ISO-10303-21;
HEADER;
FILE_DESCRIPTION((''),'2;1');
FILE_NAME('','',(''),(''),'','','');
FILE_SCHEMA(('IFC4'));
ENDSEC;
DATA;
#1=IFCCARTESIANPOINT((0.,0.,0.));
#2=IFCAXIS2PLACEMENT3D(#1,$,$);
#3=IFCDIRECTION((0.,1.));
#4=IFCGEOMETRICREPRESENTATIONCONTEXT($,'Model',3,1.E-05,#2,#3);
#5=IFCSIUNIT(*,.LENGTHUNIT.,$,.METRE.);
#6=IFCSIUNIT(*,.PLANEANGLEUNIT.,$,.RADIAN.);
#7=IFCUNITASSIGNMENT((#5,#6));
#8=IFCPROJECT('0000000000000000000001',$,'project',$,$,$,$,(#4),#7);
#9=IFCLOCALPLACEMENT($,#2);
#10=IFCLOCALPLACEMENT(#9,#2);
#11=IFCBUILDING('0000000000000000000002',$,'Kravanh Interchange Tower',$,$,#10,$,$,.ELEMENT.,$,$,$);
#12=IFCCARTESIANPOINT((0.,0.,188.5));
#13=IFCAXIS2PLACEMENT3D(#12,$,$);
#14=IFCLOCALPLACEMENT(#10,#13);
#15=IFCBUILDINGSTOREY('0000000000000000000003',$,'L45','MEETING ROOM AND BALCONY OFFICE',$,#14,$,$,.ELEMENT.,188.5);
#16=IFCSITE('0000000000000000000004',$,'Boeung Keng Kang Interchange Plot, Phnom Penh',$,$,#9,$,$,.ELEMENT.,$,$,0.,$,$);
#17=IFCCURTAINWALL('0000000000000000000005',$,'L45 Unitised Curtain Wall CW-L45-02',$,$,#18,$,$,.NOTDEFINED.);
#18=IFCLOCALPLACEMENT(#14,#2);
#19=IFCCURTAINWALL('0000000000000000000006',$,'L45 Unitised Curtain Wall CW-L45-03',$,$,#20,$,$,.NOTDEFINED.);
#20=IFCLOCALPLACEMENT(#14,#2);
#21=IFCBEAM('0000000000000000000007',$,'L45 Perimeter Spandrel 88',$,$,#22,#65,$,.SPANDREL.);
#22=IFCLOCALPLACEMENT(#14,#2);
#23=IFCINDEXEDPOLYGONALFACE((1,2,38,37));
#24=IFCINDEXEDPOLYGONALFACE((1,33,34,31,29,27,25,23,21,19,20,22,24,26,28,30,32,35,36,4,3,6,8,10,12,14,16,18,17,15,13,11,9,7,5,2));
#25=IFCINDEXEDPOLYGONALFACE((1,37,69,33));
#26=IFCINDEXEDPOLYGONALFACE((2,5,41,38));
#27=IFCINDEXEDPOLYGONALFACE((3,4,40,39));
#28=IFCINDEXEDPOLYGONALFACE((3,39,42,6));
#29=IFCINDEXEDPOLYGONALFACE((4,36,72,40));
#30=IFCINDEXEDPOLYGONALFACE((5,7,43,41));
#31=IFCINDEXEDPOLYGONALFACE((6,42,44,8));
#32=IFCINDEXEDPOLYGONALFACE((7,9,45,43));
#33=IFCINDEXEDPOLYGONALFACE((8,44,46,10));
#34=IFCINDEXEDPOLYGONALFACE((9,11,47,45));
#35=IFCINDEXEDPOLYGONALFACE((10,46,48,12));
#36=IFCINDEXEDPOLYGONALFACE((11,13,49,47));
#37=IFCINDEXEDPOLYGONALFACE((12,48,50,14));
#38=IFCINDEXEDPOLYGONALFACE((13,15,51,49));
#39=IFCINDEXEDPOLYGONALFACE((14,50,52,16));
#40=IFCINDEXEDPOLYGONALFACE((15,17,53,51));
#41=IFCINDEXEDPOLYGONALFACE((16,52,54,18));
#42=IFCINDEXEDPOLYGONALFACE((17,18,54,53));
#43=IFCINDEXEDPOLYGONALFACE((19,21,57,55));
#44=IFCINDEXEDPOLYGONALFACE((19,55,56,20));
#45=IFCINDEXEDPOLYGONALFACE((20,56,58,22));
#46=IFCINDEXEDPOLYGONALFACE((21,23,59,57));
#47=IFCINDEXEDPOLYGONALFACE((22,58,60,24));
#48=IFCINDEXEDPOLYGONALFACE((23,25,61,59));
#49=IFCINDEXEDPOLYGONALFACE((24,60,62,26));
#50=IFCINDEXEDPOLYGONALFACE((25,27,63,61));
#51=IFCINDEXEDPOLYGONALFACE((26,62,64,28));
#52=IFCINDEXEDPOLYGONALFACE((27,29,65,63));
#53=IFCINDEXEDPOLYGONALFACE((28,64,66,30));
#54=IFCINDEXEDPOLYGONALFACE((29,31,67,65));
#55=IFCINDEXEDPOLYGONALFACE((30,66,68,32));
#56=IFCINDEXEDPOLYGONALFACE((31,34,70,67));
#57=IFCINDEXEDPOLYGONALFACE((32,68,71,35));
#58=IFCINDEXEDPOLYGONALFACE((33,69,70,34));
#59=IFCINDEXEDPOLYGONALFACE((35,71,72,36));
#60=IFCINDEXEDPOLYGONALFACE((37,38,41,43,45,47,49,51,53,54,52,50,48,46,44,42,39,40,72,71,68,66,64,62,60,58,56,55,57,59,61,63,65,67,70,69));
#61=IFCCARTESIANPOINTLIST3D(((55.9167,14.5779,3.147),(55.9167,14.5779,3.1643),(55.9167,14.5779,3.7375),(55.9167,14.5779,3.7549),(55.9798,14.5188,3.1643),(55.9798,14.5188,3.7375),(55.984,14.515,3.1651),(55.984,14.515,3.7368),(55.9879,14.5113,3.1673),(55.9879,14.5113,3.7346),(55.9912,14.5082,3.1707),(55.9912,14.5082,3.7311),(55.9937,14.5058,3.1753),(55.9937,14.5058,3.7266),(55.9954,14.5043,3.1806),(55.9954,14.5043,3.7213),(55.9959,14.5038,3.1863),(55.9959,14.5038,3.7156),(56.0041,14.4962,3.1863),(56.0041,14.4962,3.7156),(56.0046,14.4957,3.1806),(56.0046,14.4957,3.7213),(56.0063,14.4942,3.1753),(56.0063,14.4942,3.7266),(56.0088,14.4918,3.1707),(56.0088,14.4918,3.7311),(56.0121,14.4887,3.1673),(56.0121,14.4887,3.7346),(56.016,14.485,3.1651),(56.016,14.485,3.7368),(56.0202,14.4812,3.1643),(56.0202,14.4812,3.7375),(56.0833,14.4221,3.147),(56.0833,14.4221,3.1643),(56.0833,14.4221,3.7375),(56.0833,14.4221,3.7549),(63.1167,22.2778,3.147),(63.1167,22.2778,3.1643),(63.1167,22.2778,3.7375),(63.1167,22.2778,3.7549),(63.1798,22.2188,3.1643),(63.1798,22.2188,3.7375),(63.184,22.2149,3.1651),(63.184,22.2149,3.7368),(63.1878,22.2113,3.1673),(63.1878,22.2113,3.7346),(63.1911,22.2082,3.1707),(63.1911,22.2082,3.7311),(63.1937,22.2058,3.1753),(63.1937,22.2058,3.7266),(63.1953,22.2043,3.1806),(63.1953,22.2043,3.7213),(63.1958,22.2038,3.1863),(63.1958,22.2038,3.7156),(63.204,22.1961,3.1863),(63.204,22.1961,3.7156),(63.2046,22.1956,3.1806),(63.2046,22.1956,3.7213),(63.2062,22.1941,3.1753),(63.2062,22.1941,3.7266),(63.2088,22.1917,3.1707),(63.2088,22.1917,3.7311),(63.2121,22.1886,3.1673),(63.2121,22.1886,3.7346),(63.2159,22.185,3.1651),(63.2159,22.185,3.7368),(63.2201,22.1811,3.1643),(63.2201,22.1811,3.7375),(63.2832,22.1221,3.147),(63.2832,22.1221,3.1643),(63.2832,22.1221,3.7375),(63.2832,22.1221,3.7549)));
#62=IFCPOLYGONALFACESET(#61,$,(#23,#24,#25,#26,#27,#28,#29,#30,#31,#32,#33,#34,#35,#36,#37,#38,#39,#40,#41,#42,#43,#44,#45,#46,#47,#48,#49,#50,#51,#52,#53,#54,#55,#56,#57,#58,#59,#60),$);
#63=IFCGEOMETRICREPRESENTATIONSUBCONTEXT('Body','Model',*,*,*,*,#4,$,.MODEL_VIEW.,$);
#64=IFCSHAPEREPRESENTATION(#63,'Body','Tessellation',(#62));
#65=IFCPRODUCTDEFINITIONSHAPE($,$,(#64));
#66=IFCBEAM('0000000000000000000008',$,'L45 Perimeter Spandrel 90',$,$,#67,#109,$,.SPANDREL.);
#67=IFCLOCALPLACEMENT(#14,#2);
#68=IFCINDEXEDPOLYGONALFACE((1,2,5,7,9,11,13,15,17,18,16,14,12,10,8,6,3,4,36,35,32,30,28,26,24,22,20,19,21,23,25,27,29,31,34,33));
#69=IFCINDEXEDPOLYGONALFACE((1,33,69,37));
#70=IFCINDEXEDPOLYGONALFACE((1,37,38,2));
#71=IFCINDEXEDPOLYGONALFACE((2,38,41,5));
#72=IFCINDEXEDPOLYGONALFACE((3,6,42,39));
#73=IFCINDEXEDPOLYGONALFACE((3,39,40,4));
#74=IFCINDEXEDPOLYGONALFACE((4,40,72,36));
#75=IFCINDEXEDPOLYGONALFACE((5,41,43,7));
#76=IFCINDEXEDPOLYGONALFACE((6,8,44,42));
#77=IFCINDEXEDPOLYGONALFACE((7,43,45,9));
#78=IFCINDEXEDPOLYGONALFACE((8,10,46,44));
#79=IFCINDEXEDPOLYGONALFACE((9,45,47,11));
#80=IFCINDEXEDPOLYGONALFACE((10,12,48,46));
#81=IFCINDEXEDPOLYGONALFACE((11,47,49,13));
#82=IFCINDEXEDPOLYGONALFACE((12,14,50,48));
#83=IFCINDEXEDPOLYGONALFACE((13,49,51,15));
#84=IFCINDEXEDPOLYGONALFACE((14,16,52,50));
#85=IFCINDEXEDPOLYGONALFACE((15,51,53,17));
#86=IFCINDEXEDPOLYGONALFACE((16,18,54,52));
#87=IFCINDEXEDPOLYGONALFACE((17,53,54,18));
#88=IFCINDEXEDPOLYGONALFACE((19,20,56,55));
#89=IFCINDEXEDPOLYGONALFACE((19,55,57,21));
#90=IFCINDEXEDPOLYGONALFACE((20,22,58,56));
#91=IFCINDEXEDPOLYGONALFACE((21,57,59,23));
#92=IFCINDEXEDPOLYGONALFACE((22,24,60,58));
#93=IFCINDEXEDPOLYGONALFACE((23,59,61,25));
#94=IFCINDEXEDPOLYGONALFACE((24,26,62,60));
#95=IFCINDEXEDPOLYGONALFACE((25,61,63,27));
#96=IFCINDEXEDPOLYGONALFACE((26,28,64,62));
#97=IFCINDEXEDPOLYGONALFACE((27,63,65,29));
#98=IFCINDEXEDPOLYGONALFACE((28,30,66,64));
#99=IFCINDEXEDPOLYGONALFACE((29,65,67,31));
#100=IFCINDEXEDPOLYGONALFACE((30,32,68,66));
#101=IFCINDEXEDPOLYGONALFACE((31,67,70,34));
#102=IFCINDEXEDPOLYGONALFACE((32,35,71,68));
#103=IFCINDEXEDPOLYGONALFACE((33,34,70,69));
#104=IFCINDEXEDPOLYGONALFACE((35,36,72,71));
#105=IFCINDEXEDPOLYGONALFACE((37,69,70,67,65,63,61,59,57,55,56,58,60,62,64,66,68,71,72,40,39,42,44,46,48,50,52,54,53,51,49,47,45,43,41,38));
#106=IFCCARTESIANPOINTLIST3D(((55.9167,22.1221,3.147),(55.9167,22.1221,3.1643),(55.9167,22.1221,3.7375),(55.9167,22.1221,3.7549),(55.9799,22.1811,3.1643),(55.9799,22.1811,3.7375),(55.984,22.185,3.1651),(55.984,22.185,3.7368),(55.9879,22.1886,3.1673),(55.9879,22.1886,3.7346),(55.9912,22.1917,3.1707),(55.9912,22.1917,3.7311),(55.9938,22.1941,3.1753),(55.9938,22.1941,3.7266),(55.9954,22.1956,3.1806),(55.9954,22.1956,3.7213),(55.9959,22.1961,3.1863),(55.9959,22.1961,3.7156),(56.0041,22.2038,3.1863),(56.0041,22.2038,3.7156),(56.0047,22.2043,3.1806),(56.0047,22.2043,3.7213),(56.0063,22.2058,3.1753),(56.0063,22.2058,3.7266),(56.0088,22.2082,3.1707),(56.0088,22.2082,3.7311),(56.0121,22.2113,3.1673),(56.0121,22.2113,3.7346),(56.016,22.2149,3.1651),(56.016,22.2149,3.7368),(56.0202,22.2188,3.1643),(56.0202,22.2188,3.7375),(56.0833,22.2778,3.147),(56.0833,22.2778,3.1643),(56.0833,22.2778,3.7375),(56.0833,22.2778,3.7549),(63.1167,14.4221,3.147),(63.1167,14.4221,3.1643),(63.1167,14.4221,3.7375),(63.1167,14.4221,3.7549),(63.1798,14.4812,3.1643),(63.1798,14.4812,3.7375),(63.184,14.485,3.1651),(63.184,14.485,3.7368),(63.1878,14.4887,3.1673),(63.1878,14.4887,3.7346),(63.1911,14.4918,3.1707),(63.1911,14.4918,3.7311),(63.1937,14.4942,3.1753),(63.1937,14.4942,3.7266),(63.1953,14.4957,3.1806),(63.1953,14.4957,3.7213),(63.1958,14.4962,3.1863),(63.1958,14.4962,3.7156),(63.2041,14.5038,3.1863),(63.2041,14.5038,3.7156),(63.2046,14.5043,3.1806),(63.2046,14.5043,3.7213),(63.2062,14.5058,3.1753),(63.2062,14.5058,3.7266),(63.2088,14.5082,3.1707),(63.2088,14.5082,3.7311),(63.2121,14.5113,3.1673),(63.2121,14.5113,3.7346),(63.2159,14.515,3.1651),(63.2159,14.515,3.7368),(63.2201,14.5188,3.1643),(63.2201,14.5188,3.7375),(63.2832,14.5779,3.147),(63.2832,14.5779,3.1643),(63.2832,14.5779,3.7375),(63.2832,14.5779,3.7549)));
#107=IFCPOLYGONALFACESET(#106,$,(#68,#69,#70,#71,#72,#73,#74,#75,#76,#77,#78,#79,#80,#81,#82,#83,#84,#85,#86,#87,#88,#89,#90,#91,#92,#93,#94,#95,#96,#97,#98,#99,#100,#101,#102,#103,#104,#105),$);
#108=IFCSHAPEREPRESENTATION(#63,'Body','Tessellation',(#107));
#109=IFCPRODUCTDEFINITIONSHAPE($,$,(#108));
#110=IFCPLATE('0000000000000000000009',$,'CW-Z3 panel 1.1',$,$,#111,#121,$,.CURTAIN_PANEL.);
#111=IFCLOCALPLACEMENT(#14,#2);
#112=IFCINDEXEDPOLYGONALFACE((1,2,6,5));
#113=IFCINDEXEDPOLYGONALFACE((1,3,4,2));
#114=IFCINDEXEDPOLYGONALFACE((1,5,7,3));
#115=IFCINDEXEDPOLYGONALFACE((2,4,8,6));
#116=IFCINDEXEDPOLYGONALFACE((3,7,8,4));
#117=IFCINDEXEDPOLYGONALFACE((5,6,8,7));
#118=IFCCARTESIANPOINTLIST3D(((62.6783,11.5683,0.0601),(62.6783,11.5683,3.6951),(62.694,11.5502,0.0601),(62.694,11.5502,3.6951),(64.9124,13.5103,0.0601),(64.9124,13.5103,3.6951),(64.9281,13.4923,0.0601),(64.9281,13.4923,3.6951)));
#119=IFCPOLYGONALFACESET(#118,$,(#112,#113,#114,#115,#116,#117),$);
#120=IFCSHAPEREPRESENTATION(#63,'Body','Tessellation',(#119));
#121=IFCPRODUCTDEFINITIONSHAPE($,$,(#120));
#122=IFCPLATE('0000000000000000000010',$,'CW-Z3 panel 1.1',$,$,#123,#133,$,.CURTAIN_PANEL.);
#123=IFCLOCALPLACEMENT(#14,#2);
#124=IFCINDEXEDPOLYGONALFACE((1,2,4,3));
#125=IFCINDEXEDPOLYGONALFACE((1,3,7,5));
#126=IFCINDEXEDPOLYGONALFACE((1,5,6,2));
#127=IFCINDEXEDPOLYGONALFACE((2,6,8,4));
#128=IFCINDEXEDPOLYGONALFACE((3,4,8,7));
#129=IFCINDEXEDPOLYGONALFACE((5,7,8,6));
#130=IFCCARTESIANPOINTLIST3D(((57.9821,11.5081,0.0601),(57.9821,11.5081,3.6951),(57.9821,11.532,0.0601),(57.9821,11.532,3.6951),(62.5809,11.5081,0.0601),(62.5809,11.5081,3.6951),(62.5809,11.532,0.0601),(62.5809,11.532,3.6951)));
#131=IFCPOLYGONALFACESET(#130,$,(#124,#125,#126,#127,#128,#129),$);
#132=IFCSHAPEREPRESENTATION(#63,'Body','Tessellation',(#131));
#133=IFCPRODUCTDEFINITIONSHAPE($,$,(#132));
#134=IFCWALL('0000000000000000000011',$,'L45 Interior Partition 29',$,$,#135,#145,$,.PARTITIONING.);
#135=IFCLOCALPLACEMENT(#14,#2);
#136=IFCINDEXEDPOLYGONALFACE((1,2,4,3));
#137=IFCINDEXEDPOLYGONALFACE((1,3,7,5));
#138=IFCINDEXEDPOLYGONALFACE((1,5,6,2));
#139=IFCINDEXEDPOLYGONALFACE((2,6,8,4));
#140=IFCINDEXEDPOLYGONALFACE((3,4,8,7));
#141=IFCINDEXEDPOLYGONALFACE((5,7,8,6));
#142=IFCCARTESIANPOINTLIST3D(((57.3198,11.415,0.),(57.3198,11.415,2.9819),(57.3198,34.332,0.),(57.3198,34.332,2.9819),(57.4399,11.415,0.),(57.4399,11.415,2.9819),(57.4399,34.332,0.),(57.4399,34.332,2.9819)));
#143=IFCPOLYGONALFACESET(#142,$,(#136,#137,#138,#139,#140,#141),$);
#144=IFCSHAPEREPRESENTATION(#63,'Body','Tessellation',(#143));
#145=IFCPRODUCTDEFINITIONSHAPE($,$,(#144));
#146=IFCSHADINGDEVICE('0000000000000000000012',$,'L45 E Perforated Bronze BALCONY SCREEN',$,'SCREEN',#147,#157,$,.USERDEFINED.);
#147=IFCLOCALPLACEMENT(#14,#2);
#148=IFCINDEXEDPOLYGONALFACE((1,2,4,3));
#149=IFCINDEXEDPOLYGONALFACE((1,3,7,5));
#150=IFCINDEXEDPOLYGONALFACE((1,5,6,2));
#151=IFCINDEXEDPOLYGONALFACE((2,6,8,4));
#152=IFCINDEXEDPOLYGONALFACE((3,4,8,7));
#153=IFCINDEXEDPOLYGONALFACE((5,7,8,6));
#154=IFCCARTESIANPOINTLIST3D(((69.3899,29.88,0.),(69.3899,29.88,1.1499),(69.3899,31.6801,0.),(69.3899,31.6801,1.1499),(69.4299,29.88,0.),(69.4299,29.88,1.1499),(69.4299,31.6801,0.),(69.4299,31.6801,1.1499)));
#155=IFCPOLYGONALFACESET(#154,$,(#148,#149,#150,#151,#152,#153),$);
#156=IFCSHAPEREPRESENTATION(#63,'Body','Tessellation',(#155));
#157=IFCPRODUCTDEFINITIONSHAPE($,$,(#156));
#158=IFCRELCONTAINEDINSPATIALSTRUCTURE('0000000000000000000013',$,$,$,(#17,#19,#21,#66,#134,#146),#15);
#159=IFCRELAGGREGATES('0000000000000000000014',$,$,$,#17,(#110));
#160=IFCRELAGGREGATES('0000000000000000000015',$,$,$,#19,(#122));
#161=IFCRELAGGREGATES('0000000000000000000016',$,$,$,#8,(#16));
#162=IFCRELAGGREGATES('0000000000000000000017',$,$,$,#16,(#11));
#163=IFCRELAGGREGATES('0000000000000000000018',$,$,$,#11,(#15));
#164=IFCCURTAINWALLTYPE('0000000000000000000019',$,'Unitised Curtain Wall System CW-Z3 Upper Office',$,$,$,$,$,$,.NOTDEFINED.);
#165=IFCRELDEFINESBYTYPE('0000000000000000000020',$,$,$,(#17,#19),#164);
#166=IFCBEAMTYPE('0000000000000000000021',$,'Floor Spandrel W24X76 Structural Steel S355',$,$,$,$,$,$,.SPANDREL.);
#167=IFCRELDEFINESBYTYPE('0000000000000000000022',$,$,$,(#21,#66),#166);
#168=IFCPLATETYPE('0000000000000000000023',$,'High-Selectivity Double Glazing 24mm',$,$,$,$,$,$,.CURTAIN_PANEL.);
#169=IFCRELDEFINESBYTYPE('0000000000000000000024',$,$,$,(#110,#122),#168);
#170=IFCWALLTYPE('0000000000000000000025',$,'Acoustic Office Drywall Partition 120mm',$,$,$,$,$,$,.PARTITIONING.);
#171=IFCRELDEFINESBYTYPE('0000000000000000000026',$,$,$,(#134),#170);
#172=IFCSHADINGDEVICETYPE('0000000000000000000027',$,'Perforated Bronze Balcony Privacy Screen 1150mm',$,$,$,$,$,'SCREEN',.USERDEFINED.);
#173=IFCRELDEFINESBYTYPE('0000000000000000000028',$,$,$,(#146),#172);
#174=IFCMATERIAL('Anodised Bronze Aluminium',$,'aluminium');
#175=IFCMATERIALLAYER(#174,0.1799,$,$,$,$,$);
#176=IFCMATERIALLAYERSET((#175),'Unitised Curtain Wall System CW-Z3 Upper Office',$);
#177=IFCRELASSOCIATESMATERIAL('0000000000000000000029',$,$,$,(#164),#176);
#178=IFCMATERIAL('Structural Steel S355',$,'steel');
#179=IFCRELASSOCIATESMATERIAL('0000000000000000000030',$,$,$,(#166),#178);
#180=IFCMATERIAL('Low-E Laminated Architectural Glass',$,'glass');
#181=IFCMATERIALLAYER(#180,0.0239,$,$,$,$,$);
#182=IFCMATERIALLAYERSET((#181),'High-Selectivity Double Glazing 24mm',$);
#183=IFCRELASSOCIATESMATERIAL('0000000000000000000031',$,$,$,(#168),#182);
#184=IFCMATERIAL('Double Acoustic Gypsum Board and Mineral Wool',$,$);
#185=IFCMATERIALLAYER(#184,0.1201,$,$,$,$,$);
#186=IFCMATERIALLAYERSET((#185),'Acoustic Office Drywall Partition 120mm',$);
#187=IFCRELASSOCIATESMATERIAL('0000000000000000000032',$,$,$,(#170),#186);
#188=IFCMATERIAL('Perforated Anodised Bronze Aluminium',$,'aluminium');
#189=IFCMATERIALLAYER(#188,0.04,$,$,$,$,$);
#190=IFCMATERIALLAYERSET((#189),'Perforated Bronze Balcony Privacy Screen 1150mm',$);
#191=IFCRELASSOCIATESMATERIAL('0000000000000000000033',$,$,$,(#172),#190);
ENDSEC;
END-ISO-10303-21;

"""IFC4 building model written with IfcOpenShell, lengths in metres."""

from ifc_helpers import new_model, si_unit, direction, frame, frame_2d, origin, origin_2d, place, context, subcontext, project, spatial, rectangle, i_section, extrude, material, layer, layer_set, material_profile, profile_set, type_object, element, aggregate, save


model = new_model("IFC4")

# Units and contexts
model_context = context("Model", 3, precision=1e-05, world=origin(), true_north=direction((0.0, 1.0)))
body_context = subcontext(model_context, "Body", "Model", "MODEL_VIEW")
ifc_project = project(units=[si_unit("LENGTHUNIT", "METRE"), si_unit("PLANEANGLEUNIT", "RADIAN")], contexts=[model_context])

# Site, building, storey
site_placement = place(None, origin())
site = spatial("IfcSite", under=ifc_project, at=site_placement, Name="Boeung Keng Kang Interchange Plot, Phnom Penh", CompositionType="ELEMENT", RefElevation=0.0)
building_placement = place(site_placement, origin())
building = spatial("IfcBuilding", under=site, at=building_placement, Name="Kravanh Interchange Tower", CompositionType="ELEMENT")
storey_placement = place(building_placement, frame((0.0, 0.0, 188.5)))
storey = spatial("IfcBuildingStorey", under=building, at=storey_placement, Name="L45", Description="MEETING ROOM AND BALCONY OFFICE", CompositionType="ELEMENT", Elevation=188.5)

# Curtain walls
ifc_material_1 = material(Name="Anodised Bronze Aluminium", Category="aluminium")
ifc_layer_1 = layer(ifc_material_1, 0.1799)
ifc_layer_set_1 = layer_set([ifc_layer_1], Name="Unitised Curtain Wall System CW-Z3 Upper Office")
curtain_wall_type = type_object("IfcCurtainWallType", Name="Unitised Curtain Wall System CW-Z3 Upper Office", PredefinedType="NOTDEFINED", material=ifc_layer_set_1)
curtain_wall_1_placement = place(storey_placement, origin())
curtain_wall_1 = element("IfcCurtainWall", 1, at=curtain_wall_1_placement, inside=storey, type_object=curtain_wall_type, Name="L45 Unitised Curtain Wall CW-L45-02", PredefinedType="NOTDEFINED")
curtain_wall_2_placement = place(storey_placement, origin())
curtain_wall_2 = element("IfcCurtainWall", 2, at=curtain_wall_2_placement, inside=storey, type_object=curtain_wall_type, Name="L45 Unitised Curtain Wall CW-L45-03", PredefinedType="NOTDEFINED")

# Beams
ifc_material_2 = material(Name="Structural Steel S355", Category="steel")
ifc_material_profile_1 = material_profile(ifc_material_2, i_section(OverallWidth=0.228, OverallDepth=0.6079, WebThickness=0.0112, FlangeThickness=0.0173, FilletRadius=0.022, at=origin_2d()), Name="W24X76")
ifc_profile_set_1 = profile_set([ifc_material_profile_1], Name="Structural Steel S355")
beam_type_1 = type_object("IfcBeamType", Name="Floor Spandrel W24X76 Structural Steel S355", PredefinedType="SPANDREL", material=ifc_profile_set_1)
for number, where, z_axis, x_axis, name in (
    (3, (56.0, 14.5, 3.4509), (0.682994, 0.730424, 0.0), (-0.730424, 0.682994, 0.0), "L45 Perimeter Spandrel 88"),
    (4, (63.2, 14.5, 3.4509), (-0.682994, 0.730424, 0.0), (-0.730424, -0.682994, 0.0), "L45 Perimeter Spandrel 90"),
):
    element("IfcBeam", number, at=place(storey_placement, frame(where, z_axis=z_axis, x_axis=x_axis)), inside=storey, type_object=beam_type_1, Name=name, PredefinedType="SPANDREL", context=body_context, shape_type="SweptSolid", body=[
        extrude(i_section(OverallWidth=0.228, OverallDepth=0.6079, WebThickness=0.0112, FlangeThickness=0.0173, FilletRadius=0.022, at=origin_2d()), origin(), (0.0, 0.0, 1.0), 10.5417),
    ])

# Plates
ifc_material_3 = material(Name="Low-E Laminated Architectural Glass", Category="glass")
ifc_layer_2 = layer(ifc_material_3, 0.0239)
ifc_layer_set_2 = layer_set([ifc_layer_2], Name="High-Selectivity Double Glazing 24mm")
plate_type = type_object("IfcPlateType", Name="High-Selectivity Double Glazing 24mm", PredefinedType="CURTAIN_PANEL", material=ifc_layer_set_2)
plate_1_placement = place(storey_placement, frame((63.8032, 12.5303, 0.0601), z_axis=(0.0, 0.0, 1.0), x_axis=(-0.754717, -0.656051, 0.0)))
plate_1 = element("IfcPlate", 5, at=plate_1_placement, type_object=plate_type, Name="CW-Z3 panel 1.1", PredefinedType="CURTAIN_PANEL", context=body_context, shape_type="SweptSolid", body=[
    extrude(rectangle(XDim=2.9602, YDim=0.0239, at=origin_2d()), origin(), (0.0, 0.0, 1.0), 3.635),
])
aggregate(curtain_wall_1, [plate_1])
plate_2_placement = place(storey_placement, frame((60.2815, 11.52, 0.0601), z_axis=(0.0, 0.0, 1.0), x_axis=(-1.0, 0.0, 0.0)))
plate_2 = element("IfcPlate", 6, at=plate_2_placement, type_object=plate_type, Name="CW-Z3 panel 1.1", PredefinedType="CURTAIN_PANEL", context=body_context, shape_type="SweptSolid", body=[
    extrude(rectangle(XDim=4.5989, YDim=0.0239, at=origin_2d()), origin(), (0.0, 0.0, 1.0), 3.635),
])
aggregate(curtain_wall_2, [plate_2])

# Wall
ifc_material_4 = material(Name="Double Acoustic Gypsum Board and Mineral Wool")
ifc_layer_3 = layer(ifc_material_4, 0.1201)
ifc_layer_set_3 = layer_set([ifc_layer_3], Name="Acoustic Office Drywall Partition 120mm")
wall_type = type_object("IfcWallType", Name="Acoustic Office Drywall Partition 120mm", PredefinedType="PARTITIONING", material=ifc_layer_set_3)
wall_placement = place(storey_placement, frame((57.3799, 11.415, 0.0), z_axis=(0.0, 0.0, 1.0), x_axis=(0.0, 1.0, 0.0)))
element("IfcWall", 7, at=wall_placement, inside=storey, type_object=wall_type, Name="L45 Interior Partition 29", PredefinedType="PARTITIONING", context=body_context, shape_type="SweptSolid", body=[
    extrude(rectangle(XDim=22.917, YDim=0.1201, at=frame_2d((11.4585, 0.0))), origin(), (0.0, 0.0, 1.0), 2.9819),
])

# Shading device
ifc_material_5 = material(Name="Perforated Anodised Bronze Aluminium", Category="aluminium")
ifc_layer_4 = layer(ifc_material_5, 0.04)
ifc_layer_set_4 = layer_set([ifc_layer_4], Name="Perforated Bronze Balcony Privacy Screen 1150mm")
shading_device_type_1 = type_object("IfcShadingDeviceType", Name="Perforated Bronze Balcony Privacy Screen 1150mm", ElementType="SCREEN", PredefinedType="USERDEFINED", material=ifc_layer_set_4)
shading_device_1_placement = place(storey_placement, frame((69.4099, 30.78, 0.0), z_axis=(0.0, 0.0, 1.0), x_axis=(1.0, 0.0, 0.0)))
element("IfcShadingDevice", 8, at=shading_device_1_placement, inside=storey, type_object=shading_device_type_1, Name="L45 E Perforated Bronze BALCONY SCREEN", ObjectType="SCREEN", PredefinedType="USERDEFINED", context=body_context, shape_type="SweptSolid", body=[
    extrude(rectangle(XDim=0.04, YDim=1.8, at=origin_2d()), origin(), (0.0, 0.0, 1.0), 1.1499),
])

save(model, "model.ifc")
